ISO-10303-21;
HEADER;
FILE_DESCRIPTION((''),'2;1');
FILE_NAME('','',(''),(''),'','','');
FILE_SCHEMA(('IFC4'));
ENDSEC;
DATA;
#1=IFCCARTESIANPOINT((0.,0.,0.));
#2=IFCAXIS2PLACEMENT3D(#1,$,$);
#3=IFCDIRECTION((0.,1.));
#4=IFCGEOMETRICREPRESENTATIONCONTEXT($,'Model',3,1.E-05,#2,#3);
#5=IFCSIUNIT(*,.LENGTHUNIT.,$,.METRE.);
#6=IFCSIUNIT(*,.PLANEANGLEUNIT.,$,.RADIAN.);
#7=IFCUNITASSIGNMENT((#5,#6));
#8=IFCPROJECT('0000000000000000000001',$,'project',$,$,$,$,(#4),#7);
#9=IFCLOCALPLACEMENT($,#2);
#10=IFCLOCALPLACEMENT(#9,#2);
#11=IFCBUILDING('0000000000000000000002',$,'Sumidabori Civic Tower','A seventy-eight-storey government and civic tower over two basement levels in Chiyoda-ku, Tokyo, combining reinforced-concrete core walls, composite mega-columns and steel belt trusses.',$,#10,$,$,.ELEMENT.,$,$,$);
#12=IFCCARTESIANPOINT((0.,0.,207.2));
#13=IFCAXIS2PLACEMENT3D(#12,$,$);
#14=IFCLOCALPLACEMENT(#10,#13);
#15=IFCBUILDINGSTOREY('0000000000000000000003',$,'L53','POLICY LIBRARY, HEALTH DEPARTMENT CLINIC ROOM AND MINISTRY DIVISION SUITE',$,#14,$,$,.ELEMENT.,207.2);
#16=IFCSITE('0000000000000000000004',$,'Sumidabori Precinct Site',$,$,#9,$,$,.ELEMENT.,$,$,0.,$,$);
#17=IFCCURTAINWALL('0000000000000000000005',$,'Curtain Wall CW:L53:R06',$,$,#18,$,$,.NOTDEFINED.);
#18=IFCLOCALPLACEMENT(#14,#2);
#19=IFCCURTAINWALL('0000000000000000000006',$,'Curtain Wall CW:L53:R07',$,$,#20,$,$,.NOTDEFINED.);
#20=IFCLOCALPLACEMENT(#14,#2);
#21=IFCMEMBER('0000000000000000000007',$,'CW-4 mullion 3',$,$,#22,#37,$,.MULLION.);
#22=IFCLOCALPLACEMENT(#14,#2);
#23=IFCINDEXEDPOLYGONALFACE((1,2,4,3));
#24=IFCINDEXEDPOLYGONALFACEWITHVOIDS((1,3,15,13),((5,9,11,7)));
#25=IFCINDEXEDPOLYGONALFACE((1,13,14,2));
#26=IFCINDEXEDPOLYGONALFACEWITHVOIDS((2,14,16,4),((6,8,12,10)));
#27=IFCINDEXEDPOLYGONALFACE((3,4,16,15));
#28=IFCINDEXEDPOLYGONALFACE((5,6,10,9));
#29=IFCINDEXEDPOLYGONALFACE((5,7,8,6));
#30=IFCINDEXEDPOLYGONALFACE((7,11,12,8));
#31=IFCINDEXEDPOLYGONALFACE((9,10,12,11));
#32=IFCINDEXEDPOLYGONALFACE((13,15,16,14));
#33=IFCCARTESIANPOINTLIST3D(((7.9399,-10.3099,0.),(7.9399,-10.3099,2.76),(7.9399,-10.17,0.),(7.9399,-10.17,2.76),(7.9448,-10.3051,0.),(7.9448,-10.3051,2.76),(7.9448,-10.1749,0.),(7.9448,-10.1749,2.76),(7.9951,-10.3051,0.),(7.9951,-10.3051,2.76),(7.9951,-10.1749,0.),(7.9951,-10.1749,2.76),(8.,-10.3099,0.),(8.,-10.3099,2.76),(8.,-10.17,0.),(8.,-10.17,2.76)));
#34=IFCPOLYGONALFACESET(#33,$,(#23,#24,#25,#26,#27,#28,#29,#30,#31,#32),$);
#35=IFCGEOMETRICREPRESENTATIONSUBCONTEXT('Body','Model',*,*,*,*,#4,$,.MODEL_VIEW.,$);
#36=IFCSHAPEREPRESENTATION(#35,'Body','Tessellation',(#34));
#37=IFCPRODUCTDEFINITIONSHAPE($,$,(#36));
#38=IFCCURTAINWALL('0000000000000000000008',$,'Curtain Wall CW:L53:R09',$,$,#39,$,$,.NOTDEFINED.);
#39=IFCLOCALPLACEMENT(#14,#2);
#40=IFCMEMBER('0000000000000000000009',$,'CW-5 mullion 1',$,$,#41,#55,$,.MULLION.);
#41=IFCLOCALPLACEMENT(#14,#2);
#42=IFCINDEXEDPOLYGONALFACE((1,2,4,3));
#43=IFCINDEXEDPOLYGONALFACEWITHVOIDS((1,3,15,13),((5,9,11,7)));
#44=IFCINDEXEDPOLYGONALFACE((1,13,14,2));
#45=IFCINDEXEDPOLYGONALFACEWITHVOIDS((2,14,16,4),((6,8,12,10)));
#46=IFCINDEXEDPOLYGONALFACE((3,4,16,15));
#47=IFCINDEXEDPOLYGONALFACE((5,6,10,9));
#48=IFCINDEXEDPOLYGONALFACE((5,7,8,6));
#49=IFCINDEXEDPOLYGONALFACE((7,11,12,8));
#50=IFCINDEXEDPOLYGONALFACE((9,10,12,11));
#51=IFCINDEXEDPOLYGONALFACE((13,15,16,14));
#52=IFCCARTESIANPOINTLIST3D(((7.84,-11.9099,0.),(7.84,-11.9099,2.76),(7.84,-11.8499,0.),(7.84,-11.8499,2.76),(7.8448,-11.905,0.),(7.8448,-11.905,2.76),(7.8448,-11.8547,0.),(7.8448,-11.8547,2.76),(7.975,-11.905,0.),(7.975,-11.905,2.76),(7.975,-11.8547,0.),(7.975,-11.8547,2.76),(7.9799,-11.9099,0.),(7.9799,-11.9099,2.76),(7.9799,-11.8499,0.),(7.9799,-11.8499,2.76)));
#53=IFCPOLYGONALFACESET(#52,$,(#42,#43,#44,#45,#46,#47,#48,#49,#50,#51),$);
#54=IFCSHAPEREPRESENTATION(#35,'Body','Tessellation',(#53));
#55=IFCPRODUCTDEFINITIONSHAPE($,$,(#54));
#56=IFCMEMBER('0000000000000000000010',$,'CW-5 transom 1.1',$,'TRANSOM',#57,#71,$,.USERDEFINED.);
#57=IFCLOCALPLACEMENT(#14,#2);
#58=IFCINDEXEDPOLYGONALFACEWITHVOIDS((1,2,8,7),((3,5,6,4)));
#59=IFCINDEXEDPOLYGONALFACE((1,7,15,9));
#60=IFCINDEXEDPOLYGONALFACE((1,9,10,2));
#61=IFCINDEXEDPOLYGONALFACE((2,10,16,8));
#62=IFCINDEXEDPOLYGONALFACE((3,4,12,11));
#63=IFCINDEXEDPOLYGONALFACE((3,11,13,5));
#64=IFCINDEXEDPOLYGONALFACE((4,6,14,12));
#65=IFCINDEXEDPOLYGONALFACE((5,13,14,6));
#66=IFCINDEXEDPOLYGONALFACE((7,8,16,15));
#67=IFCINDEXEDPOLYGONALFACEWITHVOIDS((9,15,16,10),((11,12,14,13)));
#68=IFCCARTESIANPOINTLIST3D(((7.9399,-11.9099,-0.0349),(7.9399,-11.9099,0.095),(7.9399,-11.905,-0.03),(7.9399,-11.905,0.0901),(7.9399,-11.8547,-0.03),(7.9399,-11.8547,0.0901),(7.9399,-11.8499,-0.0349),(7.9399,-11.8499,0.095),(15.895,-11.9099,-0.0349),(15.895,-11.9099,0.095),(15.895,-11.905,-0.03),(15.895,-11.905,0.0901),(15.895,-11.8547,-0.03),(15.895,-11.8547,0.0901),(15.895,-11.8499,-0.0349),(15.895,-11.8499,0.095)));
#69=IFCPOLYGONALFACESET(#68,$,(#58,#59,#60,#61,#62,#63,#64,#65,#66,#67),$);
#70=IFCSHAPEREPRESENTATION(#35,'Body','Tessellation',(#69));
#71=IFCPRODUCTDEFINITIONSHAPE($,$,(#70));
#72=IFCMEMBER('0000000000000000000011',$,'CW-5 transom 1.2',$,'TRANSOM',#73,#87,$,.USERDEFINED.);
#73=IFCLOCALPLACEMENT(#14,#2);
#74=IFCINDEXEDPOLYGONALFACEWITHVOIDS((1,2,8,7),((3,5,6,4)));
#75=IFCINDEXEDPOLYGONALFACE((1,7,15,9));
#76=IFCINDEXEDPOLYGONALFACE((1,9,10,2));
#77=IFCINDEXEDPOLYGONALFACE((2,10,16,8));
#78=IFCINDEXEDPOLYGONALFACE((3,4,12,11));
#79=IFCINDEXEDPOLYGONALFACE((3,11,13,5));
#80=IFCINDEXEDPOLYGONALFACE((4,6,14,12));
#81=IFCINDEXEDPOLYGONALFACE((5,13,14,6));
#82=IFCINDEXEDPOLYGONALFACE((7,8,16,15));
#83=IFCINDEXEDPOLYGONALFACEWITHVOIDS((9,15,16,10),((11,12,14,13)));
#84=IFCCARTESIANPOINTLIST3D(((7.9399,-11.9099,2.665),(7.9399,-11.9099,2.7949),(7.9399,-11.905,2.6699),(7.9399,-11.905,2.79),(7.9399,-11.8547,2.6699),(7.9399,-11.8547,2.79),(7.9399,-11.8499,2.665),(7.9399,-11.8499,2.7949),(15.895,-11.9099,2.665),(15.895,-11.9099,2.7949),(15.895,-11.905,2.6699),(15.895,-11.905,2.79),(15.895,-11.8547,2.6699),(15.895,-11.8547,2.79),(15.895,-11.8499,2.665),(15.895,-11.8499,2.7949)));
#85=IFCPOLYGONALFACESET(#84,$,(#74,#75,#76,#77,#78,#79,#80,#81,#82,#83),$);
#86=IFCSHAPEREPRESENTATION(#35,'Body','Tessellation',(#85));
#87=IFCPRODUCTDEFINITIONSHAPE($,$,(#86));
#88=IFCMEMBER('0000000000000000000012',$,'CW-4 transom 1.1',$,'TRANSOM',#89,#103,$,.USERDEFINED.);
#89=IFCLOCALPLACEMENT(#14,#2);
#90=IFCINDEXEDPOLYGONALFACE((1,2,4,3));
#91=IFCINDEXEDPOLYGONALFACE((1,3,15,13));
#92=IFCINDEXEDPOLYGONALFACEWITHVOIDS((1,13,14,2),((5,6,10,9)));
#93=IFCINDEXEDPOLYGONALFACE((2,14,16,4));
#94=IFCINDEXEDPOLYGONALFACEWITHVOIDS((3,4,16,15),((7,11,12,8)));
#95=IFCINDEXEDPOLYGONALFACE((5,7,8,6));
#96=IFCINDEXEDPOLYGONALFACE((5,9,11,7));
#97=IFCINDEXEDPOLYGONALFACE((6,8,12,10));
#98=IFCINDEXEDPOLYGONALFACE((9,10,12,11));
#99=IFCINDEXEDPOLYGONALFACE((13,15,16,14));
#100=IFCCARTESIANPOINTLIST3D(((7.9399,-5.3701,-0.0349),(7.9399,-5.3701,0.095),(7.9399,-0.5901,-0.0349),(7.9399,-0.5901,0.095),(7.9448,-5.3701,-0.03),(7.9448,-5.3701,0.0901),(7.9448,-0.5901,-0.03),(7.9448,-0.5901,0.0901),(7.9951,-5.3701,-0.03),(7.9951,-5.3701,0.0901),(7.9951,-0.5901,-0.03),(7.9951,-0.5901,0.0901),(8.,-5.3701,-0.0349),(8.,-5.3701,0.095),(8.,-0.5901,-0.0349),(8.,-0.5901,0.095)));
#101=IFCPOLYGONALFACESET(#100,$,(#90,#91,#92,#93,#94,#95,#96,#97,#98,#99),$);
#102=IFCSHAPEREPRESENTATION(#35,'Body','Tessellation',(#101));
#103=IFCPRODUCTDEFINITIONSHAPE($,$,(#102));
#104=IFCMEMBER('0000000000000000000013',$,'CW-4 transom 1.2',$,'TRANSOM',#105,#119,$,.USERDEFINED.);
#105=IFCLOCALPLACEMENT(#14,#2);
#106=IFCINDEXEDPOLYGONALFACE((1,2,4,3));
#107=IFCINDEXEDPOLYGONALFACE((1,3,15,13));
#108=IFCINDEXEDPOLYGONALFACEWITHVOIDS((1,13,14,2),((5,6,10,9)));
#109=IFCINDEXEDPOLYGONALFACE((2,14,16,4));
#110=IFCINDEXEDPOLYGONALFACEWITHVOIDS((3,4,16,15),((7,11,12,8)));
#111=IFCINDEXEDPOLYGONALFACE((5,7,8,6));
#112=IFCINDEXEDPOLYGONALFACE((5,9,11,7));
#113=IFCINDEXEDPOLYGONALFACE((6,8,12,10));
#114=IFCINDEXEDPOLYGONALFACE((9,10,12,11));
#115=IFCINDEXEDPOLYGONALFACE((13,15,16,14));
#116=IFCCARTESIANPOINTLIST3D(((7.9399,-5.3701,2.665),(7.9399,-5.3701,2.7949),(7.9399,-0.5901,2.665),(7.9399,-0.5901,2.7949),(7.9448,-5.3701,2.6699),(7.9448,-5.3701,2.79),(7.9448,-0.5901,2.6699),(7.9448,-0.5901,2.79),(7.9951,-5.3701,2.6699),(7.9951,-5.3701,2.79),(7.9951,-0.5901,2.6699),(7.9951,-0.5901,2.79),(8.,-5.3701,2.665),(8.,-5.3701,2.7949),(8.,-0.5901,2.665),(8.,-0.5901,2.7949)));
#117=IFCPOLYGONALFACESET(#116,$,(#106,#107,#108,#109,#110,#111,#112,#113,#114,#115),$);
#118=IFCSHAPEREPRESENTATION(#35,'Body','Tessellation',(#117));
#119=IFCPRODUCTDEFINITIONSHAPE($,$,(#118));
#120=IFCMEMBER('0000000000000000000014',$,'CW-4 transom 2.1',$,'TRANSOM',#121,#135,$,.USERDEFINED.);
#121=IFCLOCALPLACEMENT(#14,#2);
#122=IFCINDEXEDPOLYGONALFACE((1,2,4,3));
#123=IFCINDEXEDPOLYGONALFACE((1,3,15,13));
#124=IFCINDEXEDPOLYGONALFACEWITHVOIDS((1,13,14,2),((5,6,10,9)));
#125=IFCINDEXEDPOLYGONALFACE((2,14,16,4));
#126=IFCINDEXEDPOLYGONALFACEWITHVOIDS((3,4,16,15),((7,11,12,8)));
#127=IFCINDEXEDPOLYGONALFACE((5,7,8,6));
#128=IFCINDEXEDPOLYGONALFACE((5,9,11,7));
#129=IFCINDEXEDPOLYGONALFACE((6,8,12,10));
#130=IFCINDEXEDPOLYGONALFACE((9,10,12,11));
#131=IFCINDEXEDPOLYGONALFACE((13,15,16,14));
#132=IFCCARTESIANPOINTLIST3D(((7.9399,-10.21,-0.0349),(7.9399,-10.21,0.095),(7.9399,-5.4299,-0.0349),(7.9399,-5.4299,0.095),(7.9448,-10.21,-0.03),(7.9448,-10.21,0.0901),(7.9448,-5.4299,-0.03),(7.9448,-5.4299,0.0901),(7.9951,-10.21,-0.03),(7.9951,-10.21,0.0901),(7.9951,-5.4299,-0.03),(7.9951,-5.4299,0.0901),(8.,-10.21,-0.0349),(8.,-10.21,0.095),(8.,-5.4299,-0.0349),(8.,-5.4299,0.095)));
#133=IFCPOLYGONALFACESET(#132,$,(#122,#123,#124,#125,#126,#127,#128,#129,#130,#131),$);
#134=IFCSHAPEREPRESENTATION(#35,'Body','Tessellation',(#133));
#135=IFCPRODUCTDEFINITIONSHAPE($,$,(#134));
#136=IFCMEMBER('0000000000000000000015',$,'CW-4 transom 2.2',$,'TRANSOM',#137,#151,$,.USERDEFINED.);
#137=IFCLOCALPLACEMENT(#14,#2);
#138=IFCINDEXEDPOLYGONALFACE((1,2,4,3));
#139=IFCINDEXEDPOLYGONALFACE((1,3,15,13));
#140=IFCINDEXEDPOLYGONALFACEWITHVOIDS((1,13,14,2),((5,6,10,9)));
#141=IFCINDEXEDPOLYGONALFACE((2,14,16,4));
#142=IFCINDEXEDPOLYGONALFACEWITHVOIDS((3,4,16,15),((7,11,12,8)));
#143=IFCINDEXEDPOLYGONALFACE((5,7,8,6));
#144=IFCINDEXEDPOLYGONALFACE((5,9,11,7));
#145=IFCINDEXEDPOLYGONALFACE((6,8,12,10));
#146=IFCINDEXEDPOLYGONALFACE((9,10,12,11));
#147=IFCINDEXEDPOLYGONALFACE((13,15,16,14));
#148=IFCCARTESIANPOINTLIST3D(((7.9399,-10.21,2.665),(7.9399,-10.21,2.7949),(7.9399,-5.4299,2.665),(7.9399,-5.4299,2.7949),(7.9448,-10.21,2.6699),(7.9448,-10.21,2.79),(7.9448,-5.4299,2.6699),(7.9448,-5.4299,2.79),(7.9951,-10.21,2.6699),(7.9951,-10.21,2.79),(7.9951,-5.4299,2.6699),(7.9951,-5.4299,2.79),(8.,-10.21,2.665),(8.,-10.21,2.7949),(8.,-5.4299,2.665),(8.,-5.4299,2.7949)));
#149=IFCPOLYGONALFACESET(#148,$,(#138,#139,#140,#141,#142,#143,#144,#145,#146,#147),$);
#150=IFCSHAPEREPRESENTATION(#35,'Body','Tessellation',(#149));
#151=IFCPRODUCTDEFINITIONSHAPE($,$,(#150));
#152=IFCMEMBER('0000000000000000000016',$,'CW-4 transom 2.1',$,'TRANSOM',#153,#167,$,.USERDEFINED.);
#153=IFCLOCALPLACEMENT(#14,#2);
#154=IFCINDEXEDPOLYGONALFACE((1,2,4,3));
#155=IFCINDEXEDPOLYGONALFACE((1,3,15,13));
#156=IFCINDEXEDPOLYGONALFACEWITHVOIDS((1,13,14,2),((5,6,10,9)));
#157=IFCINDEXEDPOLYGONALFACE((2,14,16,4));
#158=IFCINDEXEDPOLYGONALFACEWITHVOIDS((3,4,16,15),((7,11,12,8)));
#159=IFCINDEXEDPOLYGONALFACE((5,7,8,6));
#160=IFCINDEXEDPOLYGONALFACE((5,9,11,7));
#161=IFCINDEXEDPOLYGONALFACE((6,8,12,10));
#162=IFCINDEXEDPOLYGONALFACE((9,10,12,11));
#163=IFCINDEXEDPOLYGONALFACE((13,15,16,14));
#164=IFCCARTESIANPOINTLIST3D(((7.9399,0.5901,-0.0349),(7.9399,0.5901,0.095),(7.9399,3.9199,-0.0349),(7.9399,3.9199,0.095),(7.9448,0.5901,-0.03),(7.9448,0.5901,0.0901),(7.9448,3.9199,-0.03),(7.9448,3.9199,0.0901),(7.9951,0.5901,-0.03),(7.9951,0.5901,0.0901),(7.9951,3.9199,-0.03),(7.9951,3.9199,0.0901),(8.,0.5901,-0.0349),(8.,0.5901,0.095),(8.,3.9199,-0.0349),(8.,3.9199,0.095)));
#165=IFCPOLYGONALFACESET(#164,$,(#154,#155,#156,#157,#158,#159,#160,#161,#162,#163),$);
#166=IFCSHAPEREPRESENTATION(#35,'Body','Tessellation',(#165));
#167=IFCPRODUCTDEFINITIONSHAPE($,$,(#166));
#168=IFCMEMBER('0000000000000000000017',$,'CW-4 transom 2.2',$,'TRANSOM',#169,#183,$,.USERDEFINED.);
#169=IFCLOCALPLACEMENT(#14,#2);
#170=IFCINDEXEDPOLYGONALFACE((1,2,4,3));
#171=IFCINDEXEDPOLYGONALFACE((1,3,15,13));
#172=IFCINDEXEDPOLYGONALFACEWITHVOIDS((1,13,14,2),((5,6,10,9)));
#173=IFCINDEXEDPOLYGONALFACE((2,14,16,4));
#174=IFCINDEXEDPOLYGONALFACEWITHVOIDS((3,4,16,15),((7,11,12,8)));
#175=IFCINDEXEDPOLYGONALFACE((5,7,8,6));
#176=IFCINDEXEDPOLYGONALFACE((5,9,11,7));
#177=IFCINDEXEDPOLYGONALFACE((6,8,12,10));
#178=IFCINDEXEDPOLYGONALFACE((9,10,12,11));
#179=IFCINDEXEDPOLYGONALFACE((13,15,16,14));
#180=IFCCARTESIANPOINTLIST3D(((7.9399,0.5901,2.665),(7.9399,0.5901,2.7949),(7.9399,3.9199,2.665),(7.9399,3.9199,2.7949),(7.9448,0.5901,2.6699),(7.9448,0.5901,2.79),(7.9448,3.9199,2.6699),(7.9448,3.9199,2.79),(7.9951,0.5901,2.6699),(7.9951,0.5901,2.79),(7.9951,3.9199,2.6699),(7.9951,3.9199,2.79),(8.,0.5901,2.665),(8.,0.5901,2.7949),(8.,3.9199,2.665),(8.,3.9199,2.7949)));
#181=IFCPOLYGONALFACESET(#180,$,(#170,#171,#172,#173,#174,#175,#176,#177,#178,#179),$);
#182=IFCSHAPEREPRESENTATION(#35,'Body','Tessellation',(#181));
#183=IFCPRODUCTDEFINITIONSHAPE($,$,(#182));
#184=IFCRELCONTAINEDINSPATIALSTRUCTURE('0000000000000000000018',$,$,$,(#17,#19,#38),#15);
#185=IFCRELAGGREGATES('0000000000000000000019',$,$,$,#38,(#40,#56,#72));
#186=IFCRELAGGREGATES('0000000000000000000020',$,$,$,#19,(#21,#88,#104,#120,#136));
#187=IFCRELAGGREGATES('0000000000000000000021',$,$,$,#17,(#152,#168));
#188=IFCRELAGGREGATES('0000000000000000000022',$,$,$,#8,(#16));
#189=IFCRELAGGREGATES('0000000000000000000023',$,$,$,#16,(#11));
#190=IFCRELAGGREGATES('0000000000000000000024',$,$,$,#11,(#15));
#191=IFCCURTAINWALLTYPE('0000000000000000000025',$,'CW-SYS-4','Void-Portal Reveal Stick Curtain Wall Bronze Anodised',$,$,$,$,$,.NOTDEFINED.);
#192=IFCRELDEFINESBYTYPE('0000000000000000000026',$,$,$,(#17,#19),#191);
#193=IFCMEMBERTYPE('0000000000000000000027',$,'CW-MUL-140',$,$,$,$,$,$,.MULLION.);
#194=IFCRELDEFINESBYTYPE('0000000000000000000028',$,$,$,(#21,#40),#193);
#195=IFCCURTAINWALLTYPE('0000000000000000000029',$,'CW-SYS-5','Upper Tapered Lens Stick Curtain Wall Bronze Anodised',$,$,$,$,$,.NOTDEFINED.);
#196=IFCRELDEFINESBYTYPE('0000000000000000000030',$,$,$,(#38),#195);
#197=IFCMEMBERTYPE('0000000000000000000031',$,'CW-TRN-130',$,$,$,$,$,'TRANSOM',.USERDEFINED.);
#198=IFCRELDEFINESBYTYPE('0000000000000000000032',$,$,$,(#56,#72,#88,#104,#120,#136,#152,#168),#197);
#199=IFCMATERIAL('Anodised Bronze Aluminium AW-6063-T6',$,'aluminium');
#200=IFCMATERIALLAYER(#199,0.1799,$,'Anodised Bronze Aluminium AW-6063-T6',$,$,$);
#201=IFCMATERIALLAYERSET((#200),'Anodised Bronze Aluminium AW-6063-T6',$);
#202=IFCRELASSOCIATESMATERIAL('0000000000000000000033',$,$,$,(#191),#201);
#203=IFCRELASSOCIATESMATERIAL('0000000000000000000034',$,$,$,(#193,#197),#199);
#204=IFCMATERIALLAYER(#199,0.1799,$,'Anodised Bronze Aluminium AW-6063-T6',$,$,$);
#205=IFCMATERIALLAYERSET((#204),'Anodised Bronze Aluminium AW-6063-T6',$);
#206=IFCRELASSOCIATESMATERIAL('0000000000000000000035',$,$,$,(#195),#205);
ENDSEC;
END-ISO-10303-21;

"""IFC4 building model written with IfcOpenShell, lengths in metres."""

from ifc_helpers import new_model, si_unit, direction, frame, origin, origin_2d, place, context, subcontext, project, spatial, hollow_rectangle, extrude, source, transform, mapped, material, layer, layer_set, material_profile, profile_set, type_object, element, aggregate, save


model = new_model("IFC4")

# Units and contexts
model_context = context("Model", 3, precision=1e-05, world=origin(), true_north=direction((0.0, 1.0)))
body_context = subcontext(model_context, "Body", "Model", "MODEL_VIEW")
ifc_project = project(units=[si_unit("LENGTHUNIT", "METRE"), si_unit("PLANEANGLEUNIT", "RADIAN")], contexts=[model_context])

# Site, building, storey
site_placement = place(None, origin())
site = spatial("IfcSite", under=ifc_project, at=site_placement, Name="Sumidabori Precinct Site", CompositionType="ELEMENT", RefElevation=0.0)
building_placement = place(site_placement, origin())
building = spatial("IfcBuilding", under=site, at=building_placement, Name="Sumidabori Civic Tower", Description="A seventy-eight-storey government and civic tower over two basement levels in Chiyoda-ku, Tokyo, combining reinforced-concrete core walls, composite mega-columns and steel belt trusses.", CompositionType="ELEMENT")
storey_placement = place(building_placement, frame((0.0, 0.0, 207.2)))
storey = spatial("IfcBuildingStorey", under=building, at=storey_placement, Name="L53", Description="POLICY LIBRARY, HEALTH DEPARTMENT CLINIC ROOM AND MINISTRY DIVISION SUITE", CompositionType="ELEMENT", Elevation=207.2)

# Curtain walls, members
ifc_material_1 = material(Name="Anodised Bronze Aluminium AW-6063-T6", Category="aluminium")
ifc_layer_1 = layer(ifc_material_1, 0.1799, Name="Anodised Bronze Aluminium AW-6063-T6")
ifc_layer_set_1 = layer_set([ifc_layer_1], Name="Anodised Bronze Aluminium AW-6063-T6")
curtain_wall_type_1 = type_object("IfcCurtainWallType", Name="CW-SYS-4", Description="Void-Portal Reveal Stick Curtain Wall Bronze Anodised", PredefinedType="NOTDEFINED", material=ifc_layer_set_1)
curtain_wall_1_placement = place(storey_placement, origin())
curtain_wall_1 = element("IfcCurtainWall", 1, at=curtain_wall_1_placement, inside=storey, type_object=curtain_wall_type_1, Name="Curtain Wall CW:L53:R06", PredefinedType="NOTDEFINED")
ifc_material_profile_1 = material_profile(ifc_material_1, hollow_rectangle(XDim=0.0601, YDim=0.1399, WallThickness=0.0049, at=origin_2d()), Name="ALU MULLION 140x60")
ifc_profile_set_1 = profile_set([ifc_material_profile_1], Name="Anodised Bronze Aluminium AW-6063-T6")
member_type_1 = type_object("IfcMemberType", Name="CW-MUL-140", PredefinedType="MULLION", material=ifc_profile_set_1)
shared_shape_1 = source(origin(), body_context, "Body", "SweptSolid", [
    extrude(hollow_rectangle(XDim=0.0601, YDim=0.1399, WallThickness=0.0049, at=origin_2d()), origin(), (0.0, 0.0, 1.0), 2.76),
])
curtain_wall_2_placement = place(storey_placement, origin())
curtain_wall_2 = element("IfcCurtainWall", 2, at=curtain_wall_2_placement, inside=storey, type_object=curtain_wall_type_1, Name="Curtain Wall CW:L53:R07", PredefinedType="NOTDEFINED")
member_1_placement = place(storey_placement, frame((7.97, -10.24, 0.0), z_axis=(0.0, 0.0, 1.0), x_axis=(1.0, 0.0, 0.0)))
member_1 = element("IfcMember", 3, at=member_1_placement, type_object=member_type_1, Name="CW-4 mullion 3", PredefinedType="MULLION", context=body_context, shape_type="MappedRepresentation", body=[
    mapped(shared_shape_1, transform((0.0, 0.0, 0.0), x_axis=(1.0, 0.0, 0.0), y_axis=(0.0, 1.0, 0.0), z_axis=(0.0, 0.0, 1.0), scale=1.0)),
])
ifc_layer_2 = layer(ifc_material_1, 0.1799, Name="Anodised Bronze Aluminium AW-6063-T6")
ifc_layer_set_2 = layer_set([ifc_layer_2], Name="Anodised Bronze Aluminium AW-6063-T6")
curtain_wall_type_2 = type_object("IfcCurtainWallType", Name="CW-SYS-5", Description="Upper Tapered Lens Stick Curtain Wall Bronze Anodised", PredefinedType="NOTDEFINED", material=ifc_layer_set_2)
curtain_wall_3_placement = place(storey_placement, origin())
curtain_wall_3 = element("IfcCurtainWall", 4, at=curtain_wall_3_placement, inside=storey, type_object=curtain_wall_type_2, Name="Curtain Wall CW:L53:R09", PredefinedType="NOTDEFINED")
member_2_placement = place(storey_placement, frame((7.9099, -11.8799, 0.0), z_axis=(0.0, 0.0, 1.0), x_axis=(0.0, 1.0, 0.0)))
member_2 = element("IfcMember", 5, at=member_2_placement, type_object=member_type_1, Name="CW-5 mullion 1", PredefinedType="MULLION", context=body_context, shape_type="MappedRepresentation", body=[
    mapped(shared_shape_1, transform((0.0, 0.0, 0.0), x_axis=(1.0, 0.0, 0.0), y_axis=(0.0, 1.0, 0.0), z_axis=(0.0, 0.0, 1.0), scale=1.0)),
])
ifc_material_profile_2 = material_profile(ifc_material_1, hollow_rectangle(XDim=0.0601, YDim=0.1299, WallThickness=0.0049, at=origin_2d()), Name="ALU TRANSOM 130x60")
ifc_profile_set_2 = profile_set([ifc_material_profile_2], Name="Anodised Bronze Aluminium AW-6063-T6")
member_type_2 = type_object("IfcMemberType", Name="CW-TRN-130", ElementType="TRANSOM", PredefinedType="USERDEFINED", material=ifc_profile_set_2)
shared_shape_2 = source(origin(), body_context, "Body", "SweptSolid", [
    extrude(hollow_rectangle(XDim=0.0601, YDim=0.1299, WallThickness=0.0049, at=origin_2d()), origin(), (0.0, 0.0, 1.0), 7.9551),
])
member_3_placement = place(storey_placement, frame((7.9399, -11.8799, 0.03), z_axis=(1.0, 0.0, 0.0), x_axis=(0.0, 1.0, 0.0)))
member_3 = element("IfcMember", 6, at=member_3_placement, type_object=member_type_2, Name="CW-5 transom 1.1", ObjectType="TRANSOM", PredefinedType="USERDEFINED", context=body_context, shape_type="MappedRepresentation", body=[
    mapped(shared_shape_2, transform((0.0, 0.0, 0.0), x_axis=(1.0, 0.0, 0.0), y_axis=(0.0, 1.0, 0.0), z_axis=(0.0, 0.0, 1.0), scale=1.0)),
])
member_4_placement = place(storey_placement, frame((7.9399, -11.8799, 2.73), z_axis=(1.0, 0.0, 0.0), x_axis=(0.0, 1.0, 0.0)))
member_4 = element("IfcMember", 7, at=member_4_placement, type_object=member_type_2, Name="CW-5 transom 1.2", ObjectType="TRANSOM", PredefinedType="USERDEFINED", context=body_context, shape_type="MappedRepresentation", body=[
    mapped(shared_shape_2, transform((0.0, 0.0, 0.0), x_axis=(1.0, 0.0, 0.0), y_axis=(0.0, 1.0, 0.0), z_axis=(0.0, 0.0, 1.0), scale=1.0)),
])

# Members
shared_shape_3 = source(origin(), body_context, "Body", "SweptSolid", [
    extrude(hollow_rectangle(XDim=0.0601, YDim=0.1299, WallThickness=0.0049, at=origin_2d()), origin(), (0.0, 0.0, 1.0), 4.78),
])
member_5_placement = place(storey_placement, frame((7.97, -0.5901, 0.03), z_axis=(0.0, -1.0, 0.0), x_axis=(1.0, 0.0, 0.0)))
member_5 = element("IfcMember", 8, at=member_5_placement, type_object=member_type_2, Name="CW-4 transom 1.1", ObjectType="TRANSOM", PredefinedType="USERDEFINED", context=body_context, shape_type="MappedRepresentation", body=[
    mapped(shared_shape_3, transform((0.0, 0.0, 0.0), x_axis=(1.0, 0.0, 0.0), y_axis=(0.0, 1.0, 0.0), z_axis=(0.0, 0.0, 1.0), scale=1.0)),
])
member_6_placement = place(storey_placement, frame((7.97, -0.5901, 2.73), z_axis=(0.0, -1.0, 0.0), x_axis=(1.0, 0.0, 0.0)))
member_6 = element("IfcMember", 9, at=member_6_placement, type_object=member_type_2, Name="CW-4 transom 1.2", ObjectType="TRANSOM", PredefinedType="USERDEFINED", context=body_context, shape_type="MappedRepresentation", body=[
    mapped(shared_shape_3, transform((0.0, 0.0, 0.0), x_axis=(1.0, 0.0, 0.0), y_axis=(0.0, 1.0, 0.0), z_axis=(0.0, 0.0, 1.0), scale=1.0)),
])
member_7_placement = place(storey_placement, frame((7.97, -5.4299, 0.03), z_axis=(0.0, -1.0, 0.0), x_axis=(1.0, 0.0, 0.0)))
member_7 = element("IfcMember", 10, at=member_7_placement, type_object=member_type_2, Name="CW-4 transom 2.1", ObjectType="TRANSOM", PredefinedType="USERDEFINED", context=body_context, shape_type="MappedRepresentation", body=[
    mapped(shared_shape_3, transform((0.0, 0.0, 0.0), x_axis=(1.0, 0.0, 0.0), y_axis=(0.0, 1.0, 0.0), z_axis=(0.0, 0.0, 1.0), scale=1.0)),
])
member_8_placement = place(storey_placement, frame((7.97, -5.4299, 2.73), z_axis=(0.0, -1.0, 0.0), x_axis=(1.0, 0.0, 0.0)))
member_8 = element("IfcMember", 11, at=member_8_placement, type_object=member_type_2, Name="CW-4 transom 2.2", ObjectType="TRANSOM", PredefinedType="USERDEFINED", context=body_context, shape_type="MappedRepresentation", body=[
    mapped(shared_shape_3, transform((0.0, 0.0, 0.0), x_axis=(1.0, 0.0, 0.0), y_axis=(0.0, 1.0, 0.0), z_axis=(0.0, 0.0, 1.0), scale=1.0)),
])
shared_shape_4 = source(origin(), body_context, "Body", "SweptSolid", [
    extrude(hollow_rectangle(XDim=0.0601, YDim=0.1299, WallThickness=0.0049, at=origin_2d()), origin(), (0.0, 0.0, 1.0), 3.3298),
])
member_9_placement = place(storey_placement, frame((7.97, 3.9199, 0.03), z_axis=(0.0, -1.0, 0.0), x_axis=(1.0, 0.0, 0.0)))
member_9 = element("IfcMember", 12, at=member_9_placement, type_object=member_type_2, Name="CW-4 transom 2.1", ObjectType="TRANSOM", PredefinedType="USERDEFINED", context=body_context, shape_type="MappedRepresentation", body=[
    mapped(shared_shape_4, transform((0.0, 0.0, 0.0), x_axis=(1.0, 0.0, 0.0), y_axis=(0.0, 1.0, 0.0), z_axis=(0.0, 0.0, 1.0), scale=1.0)),
])
member_10_placement = place(storey_placement, frame((7.97, 3.9199, 2.73), z_axis=(0.0, -1.0, 0.0), x_axis=(1.0, 0.0, 0.0)))
member_10 = element("IfcMember", 13, at=member_10_placement, type_object=member_type_2, Name="CW-4 transom 2.2", ObjectType="TRANSOM", PredefinedType="USERDEFINED", context=body_context, shape_type="MappedRepresentation", body=[
    mapped(shared_shape_4, transform((0.0, 0.0, 0.0), x_axis=(1.0, 0.0, 0.0), y_axis=(0.0, 1.0, 0.0), z_axis=(0.0, 0.0, 1.0), scale=1.0)),
])

aggregate(curtain_wall_3, [member_2, member_3, member_4])
aggregate(curtain_wall_2, [member_1, member_5, member_6, member_7, member_8])
aggregate(curtain_wall_1, [member_9, member_10])

save(model, "model.ifc")
